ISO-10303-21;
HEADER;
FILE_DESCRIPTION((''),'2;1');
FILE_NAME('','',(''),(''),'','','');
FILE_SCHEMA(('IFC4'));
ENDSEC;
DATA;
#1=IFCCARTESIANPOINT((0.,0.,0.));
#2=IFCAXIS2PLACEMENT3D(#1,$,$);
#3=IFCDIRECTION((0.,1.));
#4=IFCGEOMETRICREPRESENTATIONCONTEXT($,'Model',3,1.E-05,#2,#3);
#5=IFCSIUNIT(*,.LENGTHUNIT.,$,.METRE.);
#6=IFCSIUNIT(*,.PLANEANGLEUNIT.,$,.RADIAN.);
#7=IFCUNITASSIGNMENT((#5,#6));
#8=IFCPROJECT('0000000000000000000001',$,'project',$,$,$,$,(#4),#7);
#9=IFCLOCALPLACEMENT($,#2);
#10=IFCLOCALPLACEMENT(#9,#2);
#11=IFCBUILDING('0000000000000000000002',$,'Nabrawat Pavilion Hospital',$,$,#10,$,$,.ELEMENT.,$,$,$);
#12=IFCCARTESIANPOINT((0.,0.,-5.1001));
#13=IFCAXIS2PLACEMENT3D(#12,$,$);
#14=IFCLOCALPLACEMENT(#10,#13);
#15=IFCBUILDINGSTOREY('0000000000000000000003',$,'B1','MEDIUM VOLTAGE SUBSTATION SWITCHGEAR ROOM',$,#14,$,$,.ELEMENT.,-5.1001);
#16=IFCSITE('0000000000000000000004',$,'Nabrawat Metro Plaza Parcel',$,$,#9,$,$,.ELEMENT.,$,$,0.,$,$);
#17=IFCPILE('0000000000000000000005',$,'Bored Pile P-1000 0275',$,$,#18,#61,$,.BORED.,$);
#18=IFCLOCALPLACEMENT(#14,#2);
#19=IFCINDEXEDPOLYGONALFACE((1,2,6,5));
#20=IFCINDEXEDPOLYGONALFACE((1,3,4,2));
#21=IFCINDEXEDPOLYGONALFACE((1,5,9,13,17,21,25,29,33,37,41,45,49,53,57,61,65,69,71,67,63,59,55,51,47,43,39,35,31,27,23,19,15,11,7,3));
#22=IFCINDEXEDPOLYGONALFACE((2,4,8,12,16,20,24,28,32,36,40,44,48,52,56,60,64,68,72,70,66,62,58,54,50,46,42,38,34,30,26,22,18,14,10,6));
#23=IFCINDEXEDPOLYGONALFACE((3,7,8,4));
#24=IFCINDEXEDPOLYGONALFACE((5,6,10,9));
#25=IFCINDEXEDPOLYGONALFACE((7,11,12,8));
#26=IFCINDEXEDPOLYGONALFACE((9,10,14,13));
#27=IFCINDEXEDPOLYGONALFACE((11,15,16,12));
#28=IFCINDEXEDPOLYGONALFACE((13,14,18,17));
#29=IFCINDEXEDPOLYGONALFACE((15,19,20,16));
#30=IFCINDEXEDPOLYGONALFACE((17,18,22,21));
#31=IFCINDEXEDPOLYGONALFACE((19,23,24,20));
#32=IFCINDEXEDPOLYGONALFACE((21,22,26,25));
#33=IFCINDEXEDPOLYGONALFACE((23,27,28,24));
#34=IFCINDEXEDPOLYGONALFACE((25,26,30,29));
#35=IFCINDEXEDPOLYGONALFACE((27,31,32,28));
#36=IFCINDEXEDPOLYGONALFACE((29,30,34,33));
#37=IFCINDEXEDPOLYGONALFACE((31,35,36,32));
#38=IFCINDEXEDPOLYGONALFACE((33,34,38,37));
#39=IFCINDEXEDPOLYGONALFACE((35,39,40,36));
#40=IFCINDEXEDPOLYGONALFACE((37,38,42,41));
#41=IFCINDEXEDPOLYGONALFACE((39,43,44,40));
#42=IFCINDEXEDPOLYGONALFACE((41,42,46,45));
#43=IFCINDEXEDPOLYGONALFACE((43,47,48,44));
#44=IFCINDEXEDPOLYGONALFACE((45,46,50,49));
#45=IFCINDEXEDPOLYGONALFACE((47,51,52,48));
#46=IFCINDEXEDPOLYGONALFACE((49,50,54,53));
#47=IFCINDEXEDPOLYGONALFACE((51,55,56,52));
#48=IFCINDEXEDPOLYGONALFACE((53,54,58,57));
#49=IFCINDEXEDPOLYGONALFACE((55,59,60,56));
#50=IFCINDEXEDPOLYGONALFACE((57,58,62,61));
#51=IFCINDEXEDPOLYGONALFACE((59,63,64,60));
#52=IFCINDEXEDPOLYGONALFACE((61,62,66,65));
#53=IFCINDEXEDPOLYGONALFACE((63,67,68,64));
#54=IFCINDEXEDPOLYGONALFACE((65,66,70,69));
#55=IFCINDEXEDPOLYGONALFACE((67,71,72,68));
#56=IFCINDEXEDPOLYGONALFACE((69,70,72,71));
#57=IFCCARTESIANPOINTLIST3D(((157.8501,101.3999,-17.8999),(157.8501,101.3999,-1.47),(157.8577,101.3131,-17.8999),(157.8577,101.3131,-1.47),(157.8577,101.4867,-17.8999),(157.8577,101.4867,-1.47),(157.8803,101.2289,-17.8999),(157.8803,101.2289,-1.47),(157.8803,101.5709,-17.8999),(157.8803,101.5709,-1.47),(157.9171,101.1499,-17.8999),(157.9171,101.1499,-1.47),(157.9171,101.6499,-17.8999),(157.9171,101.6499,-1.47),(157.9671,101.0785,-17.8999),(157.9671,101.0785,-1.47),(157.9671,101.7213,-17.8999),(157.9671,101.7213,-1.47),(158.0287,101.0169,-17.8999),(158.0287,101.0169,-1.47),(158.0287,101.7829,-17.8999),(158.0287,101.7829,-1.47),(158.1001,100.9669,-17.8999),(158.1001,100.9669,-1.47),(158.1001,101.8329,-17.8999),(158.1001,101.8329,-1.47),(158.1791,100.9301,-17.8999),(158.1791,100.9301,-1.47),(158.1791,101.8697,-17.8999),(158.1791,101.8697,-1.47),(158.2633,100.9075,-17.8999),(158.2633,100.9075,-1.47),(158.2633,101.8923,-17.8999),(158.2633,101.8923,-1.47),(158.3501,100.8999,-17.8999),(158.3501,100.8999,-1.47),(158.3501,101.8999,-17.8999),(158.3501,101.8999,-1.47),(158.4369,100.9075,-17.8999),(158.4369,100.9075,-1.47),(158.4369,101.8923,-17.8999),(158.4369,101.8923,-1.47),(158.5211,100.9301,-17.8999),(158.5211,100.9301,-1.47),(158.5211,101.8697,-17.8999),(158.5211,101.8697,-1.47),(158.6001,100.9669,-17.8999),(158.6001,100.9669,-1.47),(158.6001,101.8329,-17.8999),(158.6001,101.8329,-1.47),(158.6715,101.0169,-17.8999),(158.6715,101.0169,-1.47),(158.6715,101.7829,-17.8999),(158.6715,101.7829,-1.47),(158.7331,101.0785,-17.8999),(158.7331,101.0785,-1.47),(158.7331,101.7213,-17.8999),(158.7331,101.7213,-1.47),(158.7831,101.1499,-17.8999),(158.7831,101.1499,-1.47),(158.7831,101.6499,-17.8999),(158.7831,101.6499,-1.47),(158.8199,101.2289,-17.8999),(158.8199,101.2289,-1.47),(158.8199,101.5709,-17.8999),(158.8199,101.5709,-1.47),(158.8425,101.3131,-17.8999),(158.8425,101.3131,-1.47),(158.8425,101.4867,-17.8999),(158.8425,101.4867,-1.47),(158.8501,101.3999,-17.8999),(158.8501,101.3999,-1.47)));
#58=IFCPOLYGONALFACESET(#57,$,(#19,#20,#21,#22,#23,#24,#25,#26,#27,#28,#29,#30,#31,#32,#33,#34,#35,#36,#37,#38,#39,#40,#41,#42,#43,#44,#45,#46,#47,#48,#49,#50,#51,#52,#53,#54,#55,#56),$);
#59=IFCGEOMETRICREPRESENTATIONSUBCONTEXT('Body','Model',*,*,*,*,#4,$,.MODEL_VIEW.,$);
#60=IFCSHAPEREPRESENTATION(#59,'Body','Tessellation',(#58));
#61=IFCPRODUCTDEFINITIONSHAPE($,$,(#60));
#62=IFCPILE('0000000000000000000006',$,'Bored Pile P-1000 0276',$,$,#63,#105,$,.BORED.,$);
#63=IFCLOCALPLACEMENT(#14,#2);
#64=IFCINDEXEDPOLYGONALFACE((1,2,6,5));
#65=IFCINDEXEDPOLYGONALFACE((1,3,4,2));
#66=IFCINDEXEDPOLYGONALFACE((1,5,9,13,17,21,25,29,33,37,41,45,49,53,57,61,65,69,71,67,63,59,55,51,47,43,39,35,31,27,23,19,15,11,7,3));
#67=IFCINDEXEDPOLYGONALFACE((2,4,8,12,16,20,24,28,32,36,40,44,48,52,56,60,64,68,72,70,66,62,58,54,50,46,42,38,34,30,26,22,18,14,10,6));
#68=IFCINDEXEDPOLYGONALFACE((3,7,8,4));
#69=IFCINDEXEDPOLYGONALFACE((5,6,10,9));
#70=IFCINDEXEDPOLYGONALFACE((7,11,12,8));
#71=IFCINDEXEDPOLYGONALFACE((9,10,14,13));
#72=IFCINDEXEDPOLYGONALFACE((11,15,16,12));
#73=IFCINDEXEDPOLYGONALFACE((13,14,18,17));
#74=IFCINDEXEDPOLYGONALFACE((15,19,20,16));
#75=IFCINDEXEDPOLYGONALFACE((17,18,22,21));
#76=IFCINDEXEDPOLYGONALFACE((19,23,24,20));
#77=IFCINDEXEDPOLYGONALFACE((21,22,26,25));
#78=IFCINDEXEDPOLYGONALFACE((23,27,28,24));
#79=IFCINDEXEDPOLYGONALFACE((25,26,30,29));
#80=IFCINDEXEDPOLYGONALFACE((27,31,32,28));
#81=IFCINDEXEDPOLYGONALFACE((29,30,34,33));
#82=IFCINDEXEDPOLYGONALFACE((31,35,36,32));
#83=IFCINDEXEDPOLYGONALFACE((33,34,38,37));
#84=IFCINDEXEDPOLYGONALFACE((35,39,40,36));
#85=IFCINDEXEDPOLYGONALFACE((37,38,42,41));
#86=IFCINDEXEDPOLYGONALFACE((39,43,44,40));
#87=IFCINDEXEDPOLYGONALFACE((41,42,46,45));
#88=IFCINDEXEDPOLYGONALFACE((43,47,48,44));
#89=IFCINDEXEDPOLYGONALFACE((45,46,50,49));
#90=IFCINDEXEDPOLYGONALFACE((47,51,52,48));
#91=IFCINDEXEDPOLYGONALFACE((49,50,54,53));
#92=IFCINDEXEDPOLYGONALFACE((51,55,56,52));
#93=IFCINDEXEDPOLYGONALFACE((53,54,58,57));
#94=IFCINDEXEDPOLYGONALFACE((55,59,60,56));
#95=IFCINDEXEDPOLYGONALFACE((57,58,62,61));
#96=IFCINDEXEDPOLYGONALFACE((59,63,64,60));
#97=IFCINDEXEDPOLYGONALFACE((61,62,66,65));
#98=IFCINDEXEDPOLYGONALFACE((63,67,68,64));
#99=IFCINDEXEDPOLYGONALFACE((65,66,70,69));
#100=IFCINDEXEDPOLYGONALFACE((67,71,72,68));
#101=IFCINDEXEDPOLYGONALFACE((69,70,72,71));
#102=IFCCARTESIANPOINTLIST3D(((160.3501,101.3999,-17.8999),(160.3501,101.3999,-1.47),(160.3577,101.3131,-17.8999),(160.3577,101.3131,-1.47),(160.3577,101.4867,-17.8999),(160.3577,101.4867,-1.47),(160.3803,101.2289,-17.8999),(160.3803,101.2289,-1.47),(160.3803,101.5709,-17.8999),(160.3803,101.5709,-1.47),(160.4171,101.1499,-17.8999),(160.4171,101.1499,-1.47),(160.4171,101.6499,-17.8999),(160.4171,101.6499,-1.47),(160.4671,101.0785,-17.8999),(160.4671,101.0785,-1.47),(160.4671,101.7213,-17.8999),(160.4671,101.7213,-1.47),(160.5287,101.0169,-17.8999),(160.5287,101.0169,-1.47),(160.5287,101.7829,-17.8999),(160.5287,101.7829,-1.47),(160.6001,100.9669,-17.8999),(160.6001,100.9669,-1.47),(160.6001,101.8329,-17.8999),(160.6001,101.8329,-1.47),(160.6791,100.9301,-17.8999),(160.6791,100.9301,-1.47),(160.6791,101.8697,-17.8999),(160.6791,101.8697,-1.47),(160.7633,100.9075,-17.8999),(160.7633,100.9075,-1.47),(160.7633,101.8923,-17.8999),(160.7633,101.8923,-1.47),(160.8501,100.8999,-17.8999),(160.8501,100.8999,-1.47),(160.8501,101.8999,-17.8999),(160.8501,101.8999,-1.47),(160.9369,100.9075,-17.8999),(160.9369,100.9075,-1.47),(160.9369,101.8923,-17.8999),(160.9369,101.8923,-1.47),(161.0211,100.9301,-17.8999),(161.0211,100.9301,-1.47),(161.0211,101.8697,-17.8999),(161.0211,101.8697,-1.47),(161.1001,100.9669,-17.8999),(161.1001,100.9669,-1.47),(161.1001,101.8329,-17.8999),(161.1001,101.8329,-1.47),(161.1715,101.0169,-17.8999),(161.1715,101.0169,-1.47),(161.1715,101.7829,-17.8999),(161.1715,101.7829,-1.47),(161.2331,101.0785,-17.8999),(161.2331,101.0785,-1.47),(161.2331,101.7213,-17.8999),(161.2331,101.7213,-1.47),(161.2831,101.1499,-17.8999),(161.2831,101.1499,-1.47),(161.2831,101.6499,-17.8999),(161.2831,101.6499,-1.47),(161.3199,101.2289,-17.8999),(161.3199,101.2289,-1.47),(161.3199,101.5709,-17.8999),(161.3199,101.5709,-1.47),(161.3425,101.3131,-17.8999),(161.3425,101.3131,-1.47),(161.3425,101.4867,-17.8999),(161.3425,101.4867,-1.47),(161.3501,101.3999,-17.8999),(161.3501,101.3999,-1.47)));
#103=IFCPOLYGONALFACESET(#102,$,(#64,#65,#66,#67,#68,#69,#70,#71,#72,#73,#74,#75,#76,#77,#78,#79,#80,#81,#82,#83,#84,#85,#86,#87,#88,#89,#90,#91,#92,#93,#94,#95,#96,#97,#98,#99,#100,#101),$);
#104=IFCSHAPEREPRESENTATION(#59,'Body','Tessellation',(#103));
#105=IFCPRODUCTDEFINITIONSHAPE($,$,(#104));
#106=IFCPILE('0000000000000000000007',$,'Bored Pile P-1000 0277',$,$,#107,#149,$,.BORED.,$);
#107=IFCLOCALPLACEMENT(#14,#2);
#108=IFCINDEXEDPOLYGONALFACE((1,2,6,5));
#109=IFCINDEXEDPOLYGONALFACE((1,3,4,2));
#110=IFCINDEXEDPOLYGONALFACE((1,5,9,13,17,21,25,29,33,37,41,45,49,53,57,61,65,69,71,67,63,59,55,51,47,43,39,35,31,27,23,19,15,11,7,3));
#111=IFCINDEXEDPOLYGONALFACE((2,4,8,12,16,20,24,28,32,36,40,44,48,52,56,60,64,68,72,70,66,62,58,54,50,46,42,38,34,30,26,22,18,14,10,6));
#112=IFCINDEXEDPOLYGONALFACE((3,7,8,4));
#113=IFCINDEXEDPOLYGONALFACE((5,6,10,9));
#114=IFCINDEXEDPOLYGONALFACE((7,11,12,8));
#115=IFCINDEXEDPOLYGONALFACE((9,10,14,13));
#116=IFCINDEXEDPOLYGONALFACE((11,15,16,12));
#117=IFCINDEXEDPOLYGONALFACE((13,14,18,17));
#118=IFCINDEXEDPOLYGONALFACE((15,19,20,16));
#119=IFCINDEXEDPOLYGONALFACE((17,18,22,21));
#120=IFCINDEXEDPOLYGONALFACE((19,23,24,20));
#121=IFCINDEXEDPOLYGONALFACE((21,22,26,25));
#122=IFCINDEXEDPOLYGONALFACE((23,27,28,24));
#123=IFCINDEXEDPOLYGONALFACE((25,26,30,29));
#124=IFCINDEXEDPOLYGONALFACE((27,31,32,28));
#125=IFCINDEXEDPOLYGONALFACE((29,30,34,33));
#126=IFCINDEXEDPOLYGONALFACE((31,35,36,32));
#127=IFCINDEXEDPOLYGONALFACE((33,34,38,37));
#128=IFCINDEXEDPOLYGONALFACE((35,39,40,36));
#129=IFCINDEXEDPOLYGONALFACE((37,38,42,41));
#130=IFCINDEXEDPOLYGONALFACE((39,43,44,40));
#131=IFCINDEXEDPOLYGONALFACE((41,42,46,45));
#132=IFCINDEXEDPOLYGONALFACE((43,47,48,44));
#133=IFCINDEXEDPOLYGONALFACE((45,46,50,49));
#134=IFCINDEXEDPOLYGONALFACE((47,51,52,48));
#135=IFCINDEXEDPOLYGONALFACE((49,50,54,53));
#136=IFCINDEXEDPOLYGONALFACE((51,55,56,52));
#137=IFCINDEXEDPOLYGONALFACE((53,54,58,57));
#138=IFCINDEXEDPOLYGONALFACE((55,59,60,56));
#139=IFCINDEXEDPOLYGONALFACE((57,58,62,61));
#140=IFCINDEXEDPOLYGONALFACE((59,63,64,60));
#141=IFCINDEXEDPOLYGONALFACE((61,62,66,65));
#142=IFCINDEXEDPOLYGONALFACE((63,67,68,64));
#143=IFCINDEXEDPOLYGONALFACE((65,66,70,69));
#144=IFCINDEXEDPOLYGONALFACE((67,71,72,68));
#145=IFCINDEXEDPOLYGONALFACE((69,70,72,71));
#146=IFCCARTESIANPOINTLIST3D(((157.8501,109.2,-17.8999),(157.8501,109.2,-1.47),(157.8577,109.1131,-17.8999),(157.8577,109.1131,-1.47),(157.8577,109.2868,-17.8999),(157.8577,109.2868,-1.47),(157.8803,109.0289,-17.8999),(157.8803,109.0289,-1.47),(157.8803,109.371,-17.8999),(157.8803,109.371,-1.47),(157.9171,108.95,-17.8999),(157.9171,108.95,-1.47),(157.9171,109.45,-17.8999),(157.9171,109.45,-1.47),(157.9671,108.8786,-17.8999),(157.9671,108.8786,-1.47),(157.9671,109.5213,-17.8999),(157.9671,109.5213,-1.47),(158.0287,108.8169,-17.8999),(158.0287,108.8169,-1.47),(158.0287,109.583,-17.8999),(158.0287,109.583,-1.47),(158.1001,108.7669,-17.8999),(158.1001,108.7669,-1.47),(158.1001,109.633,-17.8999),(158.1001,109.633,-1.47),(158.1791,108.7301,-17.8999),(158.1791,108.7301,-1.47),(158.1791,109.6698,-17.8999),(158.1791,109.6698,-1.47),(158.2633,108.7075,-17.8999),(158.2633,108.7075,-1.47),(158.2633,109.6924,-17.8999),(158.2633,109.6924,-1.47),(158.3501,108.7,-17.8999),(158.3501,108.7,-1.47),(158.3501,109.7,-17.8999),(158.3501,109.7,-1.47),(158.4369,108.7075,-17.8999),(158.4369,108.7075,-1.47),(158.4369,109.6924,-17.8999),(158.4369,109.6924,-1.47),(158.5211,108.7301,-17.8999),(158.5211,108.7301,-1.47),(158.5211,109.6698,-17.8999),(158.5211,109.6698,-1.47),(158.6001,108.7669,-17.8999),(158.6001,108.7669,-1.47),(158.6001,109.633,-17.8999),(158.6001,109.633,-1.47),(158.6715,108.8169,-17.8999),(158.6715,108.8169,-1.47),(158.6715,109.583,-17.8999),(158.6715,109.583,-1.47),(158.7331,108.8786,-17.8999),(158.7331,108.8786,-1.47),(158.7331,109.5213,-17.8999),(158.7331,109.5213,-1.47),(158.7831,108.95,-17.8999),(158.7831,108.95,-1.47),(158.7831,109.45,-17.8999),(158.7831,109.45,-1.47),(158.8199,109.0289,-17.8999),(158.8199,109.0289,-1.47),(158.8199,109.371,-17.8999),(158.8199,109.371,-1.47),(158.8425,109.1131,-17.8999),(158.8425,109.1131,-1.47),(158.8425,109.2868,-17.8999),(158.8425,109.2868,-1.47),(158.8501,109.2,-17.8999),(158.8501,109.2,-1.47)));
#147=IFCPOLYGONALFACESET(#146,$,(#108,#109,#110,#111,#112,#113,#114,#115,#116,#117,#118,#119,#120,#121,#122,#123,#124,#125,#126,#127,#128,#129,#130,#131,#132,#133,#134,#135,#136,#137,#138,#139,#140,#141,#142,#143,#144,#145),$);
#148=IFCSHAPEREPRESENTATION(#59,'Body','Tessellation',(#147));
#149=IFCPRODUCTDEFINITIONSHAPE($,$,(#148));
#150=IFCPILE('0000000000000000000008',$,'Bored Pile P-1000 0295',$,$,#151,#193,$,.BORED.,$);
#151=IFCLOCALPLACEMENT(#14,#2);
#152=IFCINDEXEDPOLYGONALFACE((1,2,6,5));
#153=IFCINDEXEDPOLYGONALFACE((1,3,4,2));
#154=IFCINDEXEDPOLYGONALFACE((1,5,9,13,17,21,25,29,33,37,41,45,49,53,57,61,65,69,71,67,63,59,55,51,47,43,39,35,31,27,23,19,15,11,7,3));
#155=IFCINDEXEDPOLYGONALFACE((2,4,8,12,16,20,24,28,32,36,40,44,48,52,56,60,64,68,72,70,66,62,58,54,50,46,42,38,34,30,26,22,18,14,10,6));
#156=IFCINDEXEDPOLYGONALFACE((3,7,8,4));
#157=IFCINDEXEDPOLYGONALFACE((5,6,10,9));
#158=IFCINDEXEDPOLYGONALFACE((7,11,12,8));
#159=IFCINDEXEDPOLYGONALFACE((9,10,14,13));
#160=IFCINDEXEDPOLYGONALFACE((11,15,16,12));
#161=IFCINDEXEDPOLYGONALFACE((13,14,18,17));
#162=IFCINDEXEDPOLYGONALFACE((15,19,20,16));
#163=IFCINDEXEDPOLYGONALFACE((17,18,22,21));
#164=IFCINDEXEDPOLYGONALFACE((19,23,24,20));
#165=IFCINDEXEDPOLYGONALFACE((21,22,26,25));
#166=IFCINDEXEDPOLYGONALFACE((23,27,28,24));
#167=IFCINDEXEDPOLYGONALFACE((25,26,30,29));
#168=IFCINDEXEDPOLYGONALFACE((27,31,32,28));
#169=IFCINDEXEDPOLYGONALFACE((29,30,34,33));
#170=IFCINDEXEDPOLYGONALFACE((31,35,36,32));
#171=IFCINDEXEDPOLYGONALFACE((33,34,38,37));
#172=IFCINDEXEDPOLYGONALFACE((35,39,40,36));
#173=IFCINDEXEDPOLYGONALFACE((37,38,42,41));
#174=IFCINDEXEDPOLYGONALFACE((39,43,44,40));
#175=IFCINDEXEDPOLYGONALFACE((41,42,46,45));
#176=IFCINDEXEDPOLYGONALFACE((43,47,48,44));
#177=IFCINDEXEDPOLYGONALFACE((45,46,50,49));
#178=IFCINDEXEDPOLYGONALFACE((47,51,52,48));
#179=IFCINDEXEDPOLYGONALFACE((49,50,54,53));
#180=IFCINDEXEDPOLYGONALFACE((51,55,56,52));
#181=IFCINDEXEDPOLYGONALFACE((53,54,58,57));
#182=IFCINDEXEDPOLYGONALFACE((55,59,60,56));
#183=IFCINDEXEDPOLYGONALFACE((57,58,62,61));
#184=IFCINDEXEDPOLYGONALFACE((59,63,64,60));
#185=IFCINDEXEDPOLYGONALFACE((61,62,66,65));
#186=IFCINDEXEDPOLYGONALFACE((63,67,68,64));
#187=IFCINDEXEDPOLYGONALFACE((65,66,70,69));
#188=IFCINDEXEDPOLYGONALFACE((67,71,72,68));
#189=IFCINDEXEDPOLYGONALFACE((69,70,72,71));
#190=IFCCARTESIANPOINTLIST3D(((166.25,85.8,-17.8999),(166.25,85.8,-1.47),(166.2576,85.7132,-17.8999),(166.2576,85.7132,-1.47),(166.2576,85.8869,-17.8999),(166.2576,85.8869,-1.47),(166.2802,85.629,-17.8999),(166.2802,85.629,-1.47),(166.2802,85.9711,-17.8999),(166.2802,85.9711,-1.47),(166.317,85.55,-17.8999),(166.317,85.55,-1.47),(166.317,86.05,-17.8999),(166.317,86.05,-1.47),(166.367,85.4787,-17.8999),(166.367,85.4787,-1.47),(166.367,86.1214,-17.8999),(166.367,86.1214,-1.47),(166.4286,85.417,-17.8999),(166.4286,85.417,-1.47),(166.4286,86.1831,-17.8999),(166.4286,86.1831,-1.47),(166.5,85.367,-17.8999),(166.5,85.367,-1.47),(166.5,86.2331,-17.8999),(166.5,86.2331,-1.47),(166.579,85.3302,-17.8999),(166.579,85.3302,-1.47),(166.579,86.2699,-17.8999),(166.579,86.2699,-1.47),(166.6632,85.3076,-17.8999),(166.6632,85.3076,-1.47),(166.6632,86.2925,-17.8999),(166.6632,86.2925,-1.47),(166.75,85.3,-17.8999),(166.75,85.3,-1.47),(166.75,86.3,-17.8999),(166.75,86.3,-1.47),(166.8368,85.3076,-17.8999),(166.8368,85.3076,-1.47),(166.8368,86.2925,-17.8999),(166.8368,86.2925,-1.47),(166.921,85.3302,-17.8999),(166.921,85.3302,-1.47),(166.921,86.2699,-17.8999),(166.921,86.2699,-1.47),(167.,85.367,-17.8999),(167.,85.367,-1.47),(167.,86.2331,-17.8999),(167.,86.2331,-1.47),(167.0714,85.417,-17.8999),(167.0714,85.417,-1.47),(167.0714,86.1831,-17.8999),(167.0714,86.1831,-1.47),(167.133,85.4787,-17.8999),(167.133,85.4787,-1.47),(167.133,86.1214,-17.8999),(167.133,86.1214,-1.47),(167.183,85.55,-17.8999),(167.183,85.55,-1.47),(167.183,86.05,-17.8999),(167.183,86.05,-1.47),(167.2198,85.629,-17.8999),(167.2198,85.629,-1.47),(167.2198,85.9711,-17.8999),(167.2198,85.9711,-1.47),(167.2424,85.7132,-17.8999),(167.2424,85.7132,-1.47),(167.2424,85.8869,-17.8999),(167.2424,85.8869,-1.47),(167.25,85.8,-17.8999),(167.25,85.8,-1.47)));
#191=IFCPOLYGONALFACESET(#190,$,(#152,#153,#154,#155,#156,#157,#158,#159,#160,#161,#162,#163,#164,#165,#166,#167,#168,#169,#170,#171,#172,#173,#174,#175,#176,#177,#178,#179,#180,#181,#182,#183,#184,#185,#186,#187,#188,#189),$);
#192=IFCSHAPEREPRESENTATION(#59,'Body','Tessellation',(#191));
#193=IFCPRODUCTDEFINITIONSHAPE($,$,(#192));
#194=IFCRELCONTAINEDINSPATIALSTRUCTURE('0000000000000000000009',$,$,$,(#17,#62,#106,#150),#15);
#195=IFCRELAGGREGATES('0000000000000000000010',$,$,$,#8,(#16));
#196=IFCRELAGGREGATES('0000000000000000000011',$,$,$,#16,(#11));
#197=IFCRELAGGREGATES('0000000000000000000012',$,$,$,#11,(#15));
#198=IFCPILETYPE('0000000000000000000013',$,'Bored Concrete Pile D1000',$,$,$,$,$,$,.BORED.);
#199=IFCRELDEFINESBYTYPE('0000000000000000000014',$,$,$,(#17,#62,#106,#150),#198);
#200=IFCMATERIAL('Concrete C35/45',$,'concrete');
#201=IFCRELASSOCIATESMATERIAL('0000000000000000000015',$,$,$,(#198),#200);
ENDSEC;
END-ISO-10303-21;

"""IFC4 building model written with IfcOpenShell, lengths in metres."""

from ifc_helpers import new_model, si_unit, direction, frame, origin, origin_2d, place, context, subcontext, project, spatial, circle, extrude, material, material_profile, profile_set, type_object, element, save


model = new_model("IFC4")

# Units and contexts
model_context = context("Model", 3, precision=1e-05, world=origin(), true_north=direction((0.0, 1.0)))
body_context = subcontext(model_context, "Body", "Model", "MODEL_VIEW")
ifc_project = project(units=[si_unit("LENGTHUNIT", "METRE"), si_unit("PLANEANGLEUNIT", "RADIAN")], contexts=[model_context])

# Site, building, storey
site_placement = place(None, origin())
site = spatial("IfcSite", under=ifc_project, at=site_placement, Name="Nabrawat Metro Plaza Parcel", CompositionType="ELEMENT", RefElevation=0.0)
building_placement = place(site_placement, origin())
building = spatial("IfcBuilding", under=site, at=building_placement, Name="Nabrawat Pavilion Hospital", CompositionType="ELEMENT")
storey_placement = place(building_placement, frame((0.0, 0.0, -5.1001)))
storey = spatial("IfcBuildingStorey", under=building, at=storey_placement, Name="B1", Description="MEDIUM VOLTAGE SUBSTATION SWITCHGEAR ROOM", CompositionType="ELEMENT", Elevation=-5.1001)

# Piles
ifc_material_1 = material(Name="Concrete C35/45", Category="concrete")
ifc_material_profile_1 = material_profile(ifc_material_1, circle(Radius=0.5, at=origin_2d()), Name="DIA 1000")
ifc_profile_set_1 = profile_set([ifc_material_profile_1], Name="Concrete C35/45")
pile_type = type_object("IfcPileType", Name="Bored Concrete Pile D1000", PredefinedType="BORED", material=ifc_profile_set_1)
for number, where, z_axis, x_axis, name in (
    (1, (158.3501, 101.3999, -1.47), (0.0, 0.0, -1.0), (1.0, 0.0, 0.0), "Bored Pile P-1000 0275"),
    (2, (160.8501, 101.3999, -1.47), (0.0, 0.0, -1.0), (1.0, 0.0, 0.0), "Bored Pile P-1000 0276"),
    (3, (158.3501, 109.2, -1.47), (0.0, 0.0, -1.0), (1.0, 0.0, 0.0), "Bored Pile P-1000 0277"),
    (4, (166.75, 85.8, -1.47), (0.0, 0.0, -1.0), (1.0, 0.0, 0.0), "Bored Pile P-1000 0295"),
):
    element("IfcPile", number, at=place(storey_placement, frame(where, z_axis=z_axis, x_axis=x_axis)), inside=storey, type_object=pile_type, Name=name, PredefinedType="BORED", context=body_context, shape_type="SweptSolid", body=[
        extrude(circle(Radius=0.5, at=origin_2d()), origin(), (0.0, 0.0, 1.0), 16.4299),
    ])

save(model, "model.ifc")
